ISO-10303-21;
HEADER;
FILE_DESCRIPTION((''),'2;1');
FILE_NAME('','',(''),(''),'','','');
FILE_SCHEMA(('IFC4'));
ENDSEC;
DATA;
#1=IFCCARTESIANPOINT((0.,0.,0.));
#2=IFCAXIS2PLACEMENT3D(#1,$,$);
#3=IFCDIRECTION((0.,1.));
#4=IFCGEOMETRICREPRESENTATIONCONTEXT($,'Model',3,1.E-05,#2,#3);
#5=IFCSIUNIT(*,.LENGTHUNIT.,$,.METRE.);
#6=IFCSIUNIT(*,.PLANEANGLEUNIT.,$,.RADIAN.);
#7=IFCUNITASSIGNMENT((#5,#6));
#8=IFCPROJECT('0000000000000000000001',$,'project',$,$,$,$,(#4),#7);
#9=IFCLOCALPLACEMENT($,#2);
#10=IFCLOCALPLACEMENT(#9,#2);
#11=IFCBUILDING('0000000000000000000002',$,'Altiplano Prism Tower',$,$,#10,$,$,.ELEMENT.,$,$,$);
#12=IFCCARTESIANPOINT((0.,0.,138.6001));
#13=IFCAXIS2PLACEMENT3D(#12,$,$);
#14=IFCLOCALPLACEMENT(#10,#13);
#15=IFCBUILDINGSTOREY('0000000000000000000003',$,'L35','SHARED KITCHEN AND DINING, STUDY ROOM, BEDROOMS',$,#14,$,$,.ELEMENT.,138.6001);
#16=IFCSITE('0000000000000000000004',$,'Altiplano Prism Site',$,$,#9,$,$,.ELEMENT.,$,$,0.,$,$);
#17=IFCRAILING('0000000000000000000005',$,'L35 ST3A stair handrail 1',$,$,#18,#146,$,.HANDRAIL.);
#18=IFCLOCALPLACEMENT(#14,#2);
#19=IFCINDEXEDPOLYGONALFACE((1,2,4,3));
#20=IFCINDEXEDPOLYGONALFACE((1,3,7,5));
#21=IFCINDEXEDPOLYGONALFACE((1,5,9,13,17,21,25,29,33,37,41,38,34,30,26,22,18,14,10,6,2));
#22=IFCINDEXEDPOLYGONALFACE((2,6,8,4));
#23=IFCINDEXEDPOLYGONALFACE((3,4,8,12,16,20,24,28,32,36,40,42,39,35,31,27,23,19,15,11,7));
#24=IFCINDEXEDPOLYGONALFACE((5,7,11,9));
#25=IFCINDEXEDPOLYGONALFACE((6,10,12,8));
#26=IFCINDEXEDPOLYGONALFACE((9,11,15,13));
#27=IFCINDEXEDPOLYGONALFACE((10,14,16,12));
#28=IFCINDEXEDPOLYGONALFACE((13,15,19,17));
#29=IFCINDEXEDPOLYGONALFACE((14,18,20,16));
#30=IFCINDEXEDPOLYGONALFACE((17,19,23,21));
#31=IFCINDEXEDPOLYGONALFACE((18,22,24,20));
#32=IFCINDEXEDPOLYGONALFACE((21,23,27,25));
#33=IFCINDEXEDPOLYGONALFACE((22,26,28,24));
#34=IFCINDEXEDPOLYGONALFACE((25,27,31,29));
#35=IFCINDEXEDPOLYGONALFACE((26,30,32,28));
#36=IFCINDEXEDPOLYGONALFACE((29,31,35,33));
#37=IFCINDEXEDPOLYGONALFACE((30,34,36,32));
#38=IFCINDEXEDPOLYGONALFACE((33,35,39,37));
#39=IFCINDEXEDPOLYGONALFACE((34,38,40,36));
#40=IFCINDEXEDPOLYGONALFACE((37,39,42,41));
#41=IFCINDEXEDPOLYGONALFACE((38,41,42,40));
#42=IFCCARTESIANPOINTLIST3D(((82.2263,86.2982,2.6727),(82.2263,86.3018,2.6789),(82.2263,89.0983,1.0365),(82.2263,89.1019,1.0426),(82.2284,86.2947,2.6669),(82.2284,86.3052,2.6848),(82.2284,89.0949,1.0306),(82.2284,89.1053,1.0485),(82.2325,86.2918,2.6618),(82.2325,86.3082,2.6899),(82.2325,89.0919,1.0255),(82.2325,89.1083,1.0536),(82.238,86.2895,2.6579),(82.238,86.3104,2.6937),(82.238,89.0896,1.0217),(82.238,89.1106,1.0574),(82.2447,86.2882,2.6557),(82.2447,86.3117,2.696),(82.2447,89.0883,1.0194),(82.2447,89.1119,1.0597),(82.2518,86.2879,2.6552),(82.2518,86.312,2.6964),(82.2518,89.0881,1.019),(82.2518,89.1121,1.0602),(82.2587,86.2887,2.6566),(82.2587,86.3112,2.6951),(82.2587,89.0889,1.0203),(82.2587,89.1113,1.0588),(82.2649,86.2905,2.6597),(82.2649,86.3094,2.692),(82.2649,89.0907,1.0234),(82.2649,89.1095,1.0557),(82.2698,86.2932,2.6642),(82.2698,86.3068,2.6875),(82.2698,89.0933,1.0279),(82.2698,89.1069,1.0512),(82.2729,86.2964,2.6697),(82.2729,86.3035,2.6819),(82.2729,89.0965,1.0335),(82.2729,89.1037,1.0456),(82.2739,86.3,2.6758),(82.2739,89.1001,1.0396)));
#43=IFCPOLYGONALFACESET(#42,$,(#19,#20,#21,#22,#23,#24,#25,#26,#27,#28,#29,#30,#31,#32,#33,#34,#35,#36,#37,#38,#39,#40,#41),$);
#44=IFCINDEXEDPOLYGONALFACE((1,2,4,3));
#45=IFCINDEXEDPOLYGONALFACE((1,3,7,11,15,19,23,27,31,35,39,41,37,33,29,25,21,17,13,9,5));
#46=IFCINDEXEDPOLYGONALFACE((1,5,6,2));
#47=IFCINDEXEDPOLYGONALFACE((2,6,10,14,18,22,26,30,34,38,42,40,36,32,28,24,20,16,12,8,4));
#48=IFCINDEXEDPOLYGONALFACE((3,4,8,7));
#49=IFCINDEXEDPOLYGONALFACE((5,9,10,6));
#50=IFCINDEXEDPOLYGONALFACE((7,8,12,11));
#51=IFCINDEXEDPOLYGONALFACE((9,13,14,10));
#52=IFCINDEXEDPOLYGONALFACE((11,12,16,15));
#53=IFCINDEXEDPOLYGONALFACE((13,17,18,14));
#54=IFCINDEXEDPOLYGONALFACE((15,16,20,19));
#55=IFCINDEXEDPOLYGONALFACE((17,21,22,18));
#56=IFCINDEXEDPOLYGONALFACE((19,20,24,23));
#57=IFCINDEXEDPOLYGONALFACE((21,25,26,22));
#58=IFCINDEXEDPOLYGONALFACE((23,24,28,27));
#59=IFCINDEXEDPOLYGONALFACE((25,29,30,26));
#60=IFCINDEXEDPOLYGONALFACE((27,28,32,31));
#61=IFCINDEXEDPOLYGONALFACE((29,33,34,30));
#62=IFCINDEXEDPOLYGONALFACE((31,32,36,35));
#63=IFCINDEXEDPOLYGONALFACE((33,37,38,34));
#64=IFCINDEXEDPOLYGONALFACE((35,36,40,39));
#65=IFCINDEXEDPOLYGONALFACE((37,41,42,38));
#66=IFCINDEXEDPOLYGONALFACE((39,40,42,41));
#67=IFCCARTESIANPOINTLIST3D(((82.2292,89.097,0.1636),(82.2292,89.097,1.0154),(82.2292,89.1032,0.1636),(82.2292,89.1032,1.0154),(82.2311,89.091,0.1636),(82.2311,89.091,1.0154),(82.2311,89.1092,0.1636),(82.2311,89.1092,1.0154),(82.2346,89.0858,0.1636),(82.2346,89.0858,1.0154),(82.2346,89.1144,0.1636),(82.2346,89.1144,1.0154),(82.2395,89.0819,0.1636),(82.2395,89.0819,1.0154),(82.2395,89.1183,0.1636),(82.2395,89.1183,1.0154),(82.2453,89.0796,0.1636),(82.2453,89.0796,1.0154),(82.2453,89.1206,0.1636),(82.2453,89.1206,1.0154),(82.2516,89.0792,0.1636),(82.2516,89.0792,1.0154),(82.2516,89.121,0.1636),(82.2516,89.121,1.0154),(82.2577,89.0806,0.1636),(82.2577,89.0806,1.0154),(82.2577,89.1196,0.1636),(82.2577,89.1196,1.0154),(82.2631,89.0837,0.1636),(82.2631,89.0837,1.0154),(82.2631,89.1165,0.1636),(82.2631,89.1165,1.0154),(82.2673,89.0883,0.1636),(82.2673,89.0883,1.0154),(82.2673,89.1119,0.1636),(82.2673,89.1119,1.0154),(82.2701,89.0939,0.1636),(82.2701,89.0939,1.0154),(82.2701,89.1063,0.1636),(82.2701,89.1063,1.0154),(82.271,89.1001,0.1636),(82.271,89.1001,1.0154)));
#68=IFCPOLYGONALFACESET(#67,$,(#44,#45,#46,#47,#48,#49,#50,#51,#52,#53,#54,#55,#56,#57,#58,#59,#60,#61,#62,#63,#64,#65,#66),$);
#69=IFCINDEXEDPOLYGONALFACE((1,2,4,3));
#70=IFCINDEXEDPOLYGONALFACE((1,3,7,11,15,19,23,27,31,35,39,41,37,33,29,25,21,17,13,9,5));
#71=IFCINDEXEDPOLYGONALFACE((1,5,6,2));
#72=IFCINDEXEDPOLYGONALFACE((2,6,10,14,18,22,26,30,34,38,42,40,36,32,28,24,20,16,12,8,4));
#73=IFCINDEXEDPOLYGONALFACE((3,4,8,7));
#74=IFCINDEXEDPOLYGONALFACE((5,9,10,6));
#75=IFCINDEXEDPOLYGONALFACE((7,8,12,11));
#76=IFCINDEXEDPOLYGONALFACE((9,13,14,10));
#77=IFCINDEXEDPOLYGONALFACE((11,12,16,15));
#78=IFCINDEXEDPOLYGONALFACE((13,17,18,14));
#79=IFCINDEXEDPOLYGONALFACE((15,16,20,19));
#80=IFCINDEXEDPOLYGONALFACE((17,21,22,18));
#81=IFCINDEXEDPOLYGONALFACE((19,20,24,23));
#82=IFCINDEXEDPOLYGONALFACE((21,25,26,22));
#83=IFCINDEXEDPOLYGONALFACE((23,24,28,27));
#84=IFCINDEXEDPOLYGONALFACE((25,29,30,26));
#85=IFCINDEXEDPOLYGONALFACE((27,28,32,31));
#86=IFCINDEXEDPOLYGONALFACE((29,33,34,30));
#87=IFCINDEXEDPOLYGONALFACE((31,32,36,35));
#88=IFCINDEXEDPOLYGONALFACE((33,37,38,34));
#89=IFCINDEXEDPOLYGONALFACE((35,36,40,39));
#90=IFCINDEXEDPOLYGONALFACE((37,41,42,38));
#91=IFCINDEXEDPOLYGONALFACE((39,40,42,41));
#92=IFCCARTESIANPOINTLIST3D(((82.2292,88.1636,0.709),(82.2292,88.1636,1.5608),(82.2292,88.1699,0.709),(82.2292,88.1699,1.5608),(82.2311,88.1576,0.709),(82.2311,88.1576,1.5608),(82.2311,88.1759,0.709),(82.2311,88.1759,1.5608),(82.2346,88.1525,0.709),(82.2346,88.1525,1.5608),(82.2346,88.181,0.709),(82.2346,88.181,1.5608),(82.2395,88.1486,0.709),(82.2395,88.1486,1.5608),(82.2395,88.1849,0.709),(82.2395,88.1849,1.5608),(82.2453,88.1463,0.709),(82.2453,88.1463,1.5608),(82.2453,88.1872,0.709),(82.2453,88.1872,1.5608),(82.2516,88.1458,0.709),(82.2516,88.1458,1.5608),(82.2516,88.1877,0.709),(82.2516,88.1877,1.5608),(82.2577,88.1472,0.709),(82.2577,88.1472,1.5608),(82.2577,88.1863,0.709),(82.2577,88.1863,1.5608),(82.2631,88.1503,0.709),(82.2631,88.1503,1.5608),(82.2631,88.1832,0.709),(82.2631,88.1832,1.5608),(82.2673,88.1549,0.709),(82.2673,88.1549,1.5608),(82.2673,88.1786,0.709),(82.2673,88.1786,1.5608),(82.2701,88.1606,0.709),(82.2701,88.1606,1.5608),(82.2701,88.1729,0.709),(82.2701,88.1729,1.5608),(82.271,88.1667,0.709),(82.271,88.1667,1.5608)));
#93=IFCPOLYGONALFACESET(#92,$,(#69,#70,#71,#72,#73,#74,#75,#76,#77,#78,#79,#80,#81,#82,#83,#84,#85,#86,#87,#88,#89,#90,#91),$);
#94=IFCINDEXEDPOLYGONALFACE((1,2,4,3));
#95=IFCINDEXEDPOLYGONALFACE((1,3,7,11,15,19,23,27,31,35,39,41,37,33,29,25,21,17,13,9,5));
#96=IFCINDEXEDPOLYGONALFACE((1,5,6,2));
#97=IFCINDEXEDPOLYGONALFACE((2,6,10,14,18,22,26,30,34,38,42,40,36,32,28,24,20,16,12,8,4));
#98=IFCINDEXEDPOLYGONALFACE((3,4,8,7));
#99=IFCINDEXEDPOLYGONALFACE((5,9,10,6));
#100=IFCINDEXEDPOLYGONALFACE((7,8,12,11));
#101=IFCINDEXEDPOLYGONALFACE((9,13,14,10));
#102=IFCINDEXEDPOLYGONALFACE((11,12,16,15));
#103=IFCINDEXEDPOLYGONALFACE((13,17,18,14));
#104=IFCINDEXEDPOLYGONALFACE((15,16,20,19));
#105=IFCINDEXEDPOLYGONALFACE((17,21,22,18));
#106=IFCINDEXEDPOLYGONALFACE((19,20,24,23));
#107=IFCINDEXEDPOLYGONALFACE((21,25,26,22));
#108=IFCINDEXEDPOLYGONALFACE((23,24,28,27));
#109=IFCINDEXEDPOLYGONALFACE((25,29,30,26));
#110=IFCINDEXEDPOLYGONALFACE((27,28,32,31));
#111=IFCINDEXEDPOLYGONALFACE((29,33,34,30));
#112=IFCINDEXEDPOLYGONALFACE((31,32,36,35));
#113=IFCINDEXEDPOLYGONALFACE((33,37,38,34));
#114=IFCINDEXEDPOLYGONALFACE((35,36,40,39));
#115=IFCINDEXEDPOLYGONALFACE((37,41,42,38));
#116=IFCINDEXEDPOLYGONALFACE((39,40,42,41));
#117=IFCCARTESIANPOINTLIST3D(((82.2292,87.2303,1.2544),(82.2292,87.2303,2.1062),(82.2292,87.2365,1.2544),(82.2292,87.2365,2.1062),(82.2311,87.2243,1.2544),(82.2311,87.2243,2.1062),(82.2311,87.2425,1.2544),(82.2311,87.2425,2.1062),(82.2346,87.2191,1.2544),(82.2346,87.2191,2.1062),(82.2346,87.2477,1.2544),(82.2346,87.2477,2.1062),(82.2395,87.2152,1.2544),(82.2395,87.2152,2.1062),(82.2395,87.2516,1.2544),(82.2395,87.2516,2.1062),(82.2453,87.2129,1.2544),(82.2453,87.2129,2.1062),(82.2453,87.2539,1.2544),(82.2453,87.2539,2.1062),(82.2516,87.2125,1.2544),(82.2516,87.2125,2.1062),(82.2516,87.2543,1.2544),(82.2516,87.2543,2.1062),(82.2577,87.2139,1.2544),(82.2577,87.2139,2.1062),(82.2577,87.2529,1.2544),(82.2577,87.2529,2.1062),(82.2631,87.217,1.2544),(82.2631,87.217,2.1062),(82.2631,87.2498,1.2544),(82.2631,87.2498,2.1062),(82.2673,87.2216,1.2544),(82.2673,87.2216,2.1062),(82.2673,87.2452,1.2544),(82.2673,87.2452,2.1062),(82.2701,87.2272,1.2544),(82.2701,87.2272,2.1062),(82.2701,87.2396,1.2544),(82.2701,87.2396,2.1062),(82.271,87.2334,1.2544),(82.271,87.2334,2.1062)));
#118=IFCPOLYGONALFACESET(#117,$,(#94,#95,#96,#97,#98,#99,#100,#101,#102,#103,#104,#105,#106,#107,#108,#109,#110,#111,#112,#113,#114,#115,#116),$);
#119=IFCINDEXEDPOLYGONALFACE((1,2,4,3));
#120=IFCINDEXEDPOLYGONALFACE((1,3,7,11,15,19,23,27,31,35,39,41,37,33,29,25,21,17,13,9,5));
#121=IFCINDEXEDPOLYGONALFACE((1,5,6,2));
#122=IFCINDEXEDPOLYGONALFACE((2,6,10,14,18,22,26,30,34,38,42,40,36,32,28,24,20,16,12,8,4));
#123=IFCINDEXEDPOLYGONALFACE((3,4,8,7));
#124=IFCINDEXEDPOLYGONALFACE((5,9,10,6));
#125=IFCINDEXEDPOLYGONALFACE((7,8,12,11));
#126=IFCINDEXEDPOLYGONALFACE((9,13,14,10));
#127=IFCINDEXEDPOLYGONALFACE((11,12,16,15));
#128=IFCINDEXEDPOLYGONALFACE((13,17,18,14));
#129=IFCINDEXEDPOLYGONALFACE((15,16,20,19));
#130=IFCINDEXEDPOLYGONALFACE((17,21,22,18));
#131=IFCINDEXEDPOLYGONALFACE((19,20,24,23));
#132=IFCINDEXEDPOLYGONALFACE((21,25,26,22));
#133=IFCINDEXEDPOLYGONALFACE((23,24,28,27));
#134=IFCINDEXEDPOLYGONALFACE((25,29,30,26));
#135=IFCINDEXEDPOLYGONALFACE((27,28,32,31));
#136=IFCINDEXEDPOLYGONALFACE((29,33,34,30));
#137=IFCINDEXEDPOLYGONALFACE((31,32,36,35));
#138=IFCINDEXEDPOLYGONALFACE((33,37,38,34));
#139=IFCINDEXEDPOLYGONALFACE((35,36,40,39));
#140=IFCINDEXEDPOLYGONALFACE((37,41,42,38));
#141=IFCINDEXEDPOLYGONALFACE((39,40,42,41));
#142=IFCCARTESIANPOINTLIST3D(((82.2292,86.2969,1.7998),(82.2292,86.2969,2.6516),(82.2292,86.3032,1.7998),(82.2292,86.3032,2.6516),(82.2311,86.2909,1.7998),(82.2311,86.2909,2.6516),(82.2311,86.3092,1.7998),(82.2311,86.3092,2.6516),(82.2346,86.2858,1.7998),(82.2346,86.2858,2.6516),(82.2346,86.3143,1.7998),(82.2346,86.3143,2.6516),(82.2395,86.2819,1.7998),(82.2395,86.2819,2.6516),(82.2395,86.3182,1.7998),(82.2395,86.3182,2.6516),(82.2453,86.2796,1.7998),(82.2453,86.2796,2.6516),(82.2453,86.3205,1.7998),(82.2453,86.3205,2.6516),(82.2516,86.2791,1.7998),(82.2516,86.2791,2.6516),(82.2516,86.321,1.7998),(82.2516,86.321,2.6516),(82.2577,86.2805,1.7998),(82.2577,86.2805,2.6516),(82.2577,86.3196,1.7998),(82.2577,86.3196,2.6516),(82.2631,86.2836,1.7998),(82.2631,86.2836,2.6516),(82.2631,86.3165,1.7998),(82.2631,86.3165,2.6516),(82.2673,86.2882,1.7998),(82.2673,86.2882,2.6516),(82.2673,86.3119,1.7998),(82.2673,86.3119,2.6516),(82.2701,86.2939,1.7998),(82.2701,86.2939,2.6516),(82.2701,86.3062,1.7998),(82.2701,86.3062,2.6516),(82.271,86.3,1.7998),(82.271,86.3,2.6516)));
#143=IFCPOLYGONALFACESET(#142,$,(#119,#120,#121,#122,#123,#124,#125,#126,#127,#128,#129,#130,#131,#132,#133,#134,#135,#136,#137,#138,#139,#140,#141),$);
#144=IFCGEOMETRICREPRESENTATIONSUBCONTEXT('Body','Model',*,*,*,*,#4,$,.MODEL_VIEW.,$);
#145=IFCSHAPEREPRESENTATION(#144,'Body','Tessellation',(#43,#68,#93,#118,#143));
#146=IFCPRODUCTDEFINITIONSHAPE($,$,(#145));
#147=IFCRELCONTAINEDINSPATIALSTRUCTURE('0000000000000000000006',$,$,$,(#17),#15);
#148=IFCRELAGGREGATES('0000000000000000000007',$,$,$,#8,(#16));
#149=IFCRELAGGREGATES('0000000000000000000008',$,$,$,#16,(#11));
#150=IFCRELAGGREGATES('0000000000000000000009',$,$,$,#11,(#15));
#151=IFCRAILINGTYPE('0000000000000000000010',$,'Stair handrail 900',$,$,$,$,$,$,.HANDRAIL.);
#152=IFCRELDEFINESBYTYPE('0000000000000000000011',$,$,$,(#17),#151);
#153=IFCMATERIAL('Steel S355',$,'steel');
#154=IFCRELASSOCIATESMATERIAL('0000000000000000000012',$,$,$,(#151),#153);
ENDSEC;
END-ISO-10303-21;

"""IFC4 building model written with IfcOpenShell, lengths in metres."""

from ifc_helpers import new_model, si_unit, direction, frame, origin, origin_2d, place, context, subcontext, project, spatial, circle, extrude, material, type_object, element, save


model = new_model("IFC4")

# Units and contexts
model_context = context("Model", 3, precision=1e-05, world=origin(), true_north=direction((0.0, 1.0)))
body_context = subcontext(model_context, "Body", "Model", "MODEL_VIEW")
ifc_project = project(units=[si_unit("LENGTHUNIT", "METRE"), si_unit("PLANEANGLEUNIT", "RADIAN")], contexts=[model_context])

# Site, building, storey
site_placement = place(None, origin())
site = spatial("IfcSite", under=ifc_project, at=site_placement, Name="Altiplano Prism Site", CompositionType="ELEMENT", RefElevation=0.0)
building_placement = place(site_placement, origin())
building = spatial("IfcBuilding", under=site, at=building_placement, Name="Altiplano Prism Tower", CompositionType="ELEMENT")
storey_placement = place(building_placement, frame((0.0, 0.0, 138.6001)))
storey = spatial("IfcBuildingStorey", under=building, at=storey_placement, Name="L35", Description="SHARED KITCHEN AND DINING, STUDY ROOM, BEDROOMS", CompositionType="ELEMENT", Elevation=138.6001)

# Railing
ifc_material_1 = material(Name="Steel S355", Category="steel")
railing_type_1 = type_object("IfcRailingType", Name="Stair handrail 900", PredefinedType="HANDRAIL", material=ifc_material_1)
railing_1_placement = place(storey_placement, frame((82.25, 89.1001, 0.1636)))
element("IfcRailing", 1, at=railing_1_placement, inside=storey, type_object=railing_type_1, Name="L35 ST3A stair handrail 1", PredefinedType="HANDRAIL", context=body_context, shape_type="SweptSolid", body=[
    extrude(circle(Radius=0.0239, at=origin_2d()), frame((0.0, 0.0, 0.876), z_axis=(0.0, -0.863394, 0.504531), x_axis=(1.0, 0.0, 0.0)), (0.0, 0.0, 1.0), 3.2432),
    extrude(circle(Radius=0.021, at=origin_2d()), origin(), (0.0, 0.0, 1.0), 0.8518),
    extrude(circle(Radius=0.021, at=origin_2d()), frame((0.0, -0.9333, 0.5454)), (0.0, 0.0, 1.0), 0.8518),
    extrude(circle(Radius=0.021, at=origin_2d()), frame((0.0, -1.8667, 1.0908)), (0.0, 0.0, 1.0), 0.8518),
    extrude(circle(Radius=0.021, at=origin_2d()), frame((0.0, -2.8, 1.6362)), (0.0, 0.0, 1.0), 0.8518),
])

save(model, "model.ifc")
